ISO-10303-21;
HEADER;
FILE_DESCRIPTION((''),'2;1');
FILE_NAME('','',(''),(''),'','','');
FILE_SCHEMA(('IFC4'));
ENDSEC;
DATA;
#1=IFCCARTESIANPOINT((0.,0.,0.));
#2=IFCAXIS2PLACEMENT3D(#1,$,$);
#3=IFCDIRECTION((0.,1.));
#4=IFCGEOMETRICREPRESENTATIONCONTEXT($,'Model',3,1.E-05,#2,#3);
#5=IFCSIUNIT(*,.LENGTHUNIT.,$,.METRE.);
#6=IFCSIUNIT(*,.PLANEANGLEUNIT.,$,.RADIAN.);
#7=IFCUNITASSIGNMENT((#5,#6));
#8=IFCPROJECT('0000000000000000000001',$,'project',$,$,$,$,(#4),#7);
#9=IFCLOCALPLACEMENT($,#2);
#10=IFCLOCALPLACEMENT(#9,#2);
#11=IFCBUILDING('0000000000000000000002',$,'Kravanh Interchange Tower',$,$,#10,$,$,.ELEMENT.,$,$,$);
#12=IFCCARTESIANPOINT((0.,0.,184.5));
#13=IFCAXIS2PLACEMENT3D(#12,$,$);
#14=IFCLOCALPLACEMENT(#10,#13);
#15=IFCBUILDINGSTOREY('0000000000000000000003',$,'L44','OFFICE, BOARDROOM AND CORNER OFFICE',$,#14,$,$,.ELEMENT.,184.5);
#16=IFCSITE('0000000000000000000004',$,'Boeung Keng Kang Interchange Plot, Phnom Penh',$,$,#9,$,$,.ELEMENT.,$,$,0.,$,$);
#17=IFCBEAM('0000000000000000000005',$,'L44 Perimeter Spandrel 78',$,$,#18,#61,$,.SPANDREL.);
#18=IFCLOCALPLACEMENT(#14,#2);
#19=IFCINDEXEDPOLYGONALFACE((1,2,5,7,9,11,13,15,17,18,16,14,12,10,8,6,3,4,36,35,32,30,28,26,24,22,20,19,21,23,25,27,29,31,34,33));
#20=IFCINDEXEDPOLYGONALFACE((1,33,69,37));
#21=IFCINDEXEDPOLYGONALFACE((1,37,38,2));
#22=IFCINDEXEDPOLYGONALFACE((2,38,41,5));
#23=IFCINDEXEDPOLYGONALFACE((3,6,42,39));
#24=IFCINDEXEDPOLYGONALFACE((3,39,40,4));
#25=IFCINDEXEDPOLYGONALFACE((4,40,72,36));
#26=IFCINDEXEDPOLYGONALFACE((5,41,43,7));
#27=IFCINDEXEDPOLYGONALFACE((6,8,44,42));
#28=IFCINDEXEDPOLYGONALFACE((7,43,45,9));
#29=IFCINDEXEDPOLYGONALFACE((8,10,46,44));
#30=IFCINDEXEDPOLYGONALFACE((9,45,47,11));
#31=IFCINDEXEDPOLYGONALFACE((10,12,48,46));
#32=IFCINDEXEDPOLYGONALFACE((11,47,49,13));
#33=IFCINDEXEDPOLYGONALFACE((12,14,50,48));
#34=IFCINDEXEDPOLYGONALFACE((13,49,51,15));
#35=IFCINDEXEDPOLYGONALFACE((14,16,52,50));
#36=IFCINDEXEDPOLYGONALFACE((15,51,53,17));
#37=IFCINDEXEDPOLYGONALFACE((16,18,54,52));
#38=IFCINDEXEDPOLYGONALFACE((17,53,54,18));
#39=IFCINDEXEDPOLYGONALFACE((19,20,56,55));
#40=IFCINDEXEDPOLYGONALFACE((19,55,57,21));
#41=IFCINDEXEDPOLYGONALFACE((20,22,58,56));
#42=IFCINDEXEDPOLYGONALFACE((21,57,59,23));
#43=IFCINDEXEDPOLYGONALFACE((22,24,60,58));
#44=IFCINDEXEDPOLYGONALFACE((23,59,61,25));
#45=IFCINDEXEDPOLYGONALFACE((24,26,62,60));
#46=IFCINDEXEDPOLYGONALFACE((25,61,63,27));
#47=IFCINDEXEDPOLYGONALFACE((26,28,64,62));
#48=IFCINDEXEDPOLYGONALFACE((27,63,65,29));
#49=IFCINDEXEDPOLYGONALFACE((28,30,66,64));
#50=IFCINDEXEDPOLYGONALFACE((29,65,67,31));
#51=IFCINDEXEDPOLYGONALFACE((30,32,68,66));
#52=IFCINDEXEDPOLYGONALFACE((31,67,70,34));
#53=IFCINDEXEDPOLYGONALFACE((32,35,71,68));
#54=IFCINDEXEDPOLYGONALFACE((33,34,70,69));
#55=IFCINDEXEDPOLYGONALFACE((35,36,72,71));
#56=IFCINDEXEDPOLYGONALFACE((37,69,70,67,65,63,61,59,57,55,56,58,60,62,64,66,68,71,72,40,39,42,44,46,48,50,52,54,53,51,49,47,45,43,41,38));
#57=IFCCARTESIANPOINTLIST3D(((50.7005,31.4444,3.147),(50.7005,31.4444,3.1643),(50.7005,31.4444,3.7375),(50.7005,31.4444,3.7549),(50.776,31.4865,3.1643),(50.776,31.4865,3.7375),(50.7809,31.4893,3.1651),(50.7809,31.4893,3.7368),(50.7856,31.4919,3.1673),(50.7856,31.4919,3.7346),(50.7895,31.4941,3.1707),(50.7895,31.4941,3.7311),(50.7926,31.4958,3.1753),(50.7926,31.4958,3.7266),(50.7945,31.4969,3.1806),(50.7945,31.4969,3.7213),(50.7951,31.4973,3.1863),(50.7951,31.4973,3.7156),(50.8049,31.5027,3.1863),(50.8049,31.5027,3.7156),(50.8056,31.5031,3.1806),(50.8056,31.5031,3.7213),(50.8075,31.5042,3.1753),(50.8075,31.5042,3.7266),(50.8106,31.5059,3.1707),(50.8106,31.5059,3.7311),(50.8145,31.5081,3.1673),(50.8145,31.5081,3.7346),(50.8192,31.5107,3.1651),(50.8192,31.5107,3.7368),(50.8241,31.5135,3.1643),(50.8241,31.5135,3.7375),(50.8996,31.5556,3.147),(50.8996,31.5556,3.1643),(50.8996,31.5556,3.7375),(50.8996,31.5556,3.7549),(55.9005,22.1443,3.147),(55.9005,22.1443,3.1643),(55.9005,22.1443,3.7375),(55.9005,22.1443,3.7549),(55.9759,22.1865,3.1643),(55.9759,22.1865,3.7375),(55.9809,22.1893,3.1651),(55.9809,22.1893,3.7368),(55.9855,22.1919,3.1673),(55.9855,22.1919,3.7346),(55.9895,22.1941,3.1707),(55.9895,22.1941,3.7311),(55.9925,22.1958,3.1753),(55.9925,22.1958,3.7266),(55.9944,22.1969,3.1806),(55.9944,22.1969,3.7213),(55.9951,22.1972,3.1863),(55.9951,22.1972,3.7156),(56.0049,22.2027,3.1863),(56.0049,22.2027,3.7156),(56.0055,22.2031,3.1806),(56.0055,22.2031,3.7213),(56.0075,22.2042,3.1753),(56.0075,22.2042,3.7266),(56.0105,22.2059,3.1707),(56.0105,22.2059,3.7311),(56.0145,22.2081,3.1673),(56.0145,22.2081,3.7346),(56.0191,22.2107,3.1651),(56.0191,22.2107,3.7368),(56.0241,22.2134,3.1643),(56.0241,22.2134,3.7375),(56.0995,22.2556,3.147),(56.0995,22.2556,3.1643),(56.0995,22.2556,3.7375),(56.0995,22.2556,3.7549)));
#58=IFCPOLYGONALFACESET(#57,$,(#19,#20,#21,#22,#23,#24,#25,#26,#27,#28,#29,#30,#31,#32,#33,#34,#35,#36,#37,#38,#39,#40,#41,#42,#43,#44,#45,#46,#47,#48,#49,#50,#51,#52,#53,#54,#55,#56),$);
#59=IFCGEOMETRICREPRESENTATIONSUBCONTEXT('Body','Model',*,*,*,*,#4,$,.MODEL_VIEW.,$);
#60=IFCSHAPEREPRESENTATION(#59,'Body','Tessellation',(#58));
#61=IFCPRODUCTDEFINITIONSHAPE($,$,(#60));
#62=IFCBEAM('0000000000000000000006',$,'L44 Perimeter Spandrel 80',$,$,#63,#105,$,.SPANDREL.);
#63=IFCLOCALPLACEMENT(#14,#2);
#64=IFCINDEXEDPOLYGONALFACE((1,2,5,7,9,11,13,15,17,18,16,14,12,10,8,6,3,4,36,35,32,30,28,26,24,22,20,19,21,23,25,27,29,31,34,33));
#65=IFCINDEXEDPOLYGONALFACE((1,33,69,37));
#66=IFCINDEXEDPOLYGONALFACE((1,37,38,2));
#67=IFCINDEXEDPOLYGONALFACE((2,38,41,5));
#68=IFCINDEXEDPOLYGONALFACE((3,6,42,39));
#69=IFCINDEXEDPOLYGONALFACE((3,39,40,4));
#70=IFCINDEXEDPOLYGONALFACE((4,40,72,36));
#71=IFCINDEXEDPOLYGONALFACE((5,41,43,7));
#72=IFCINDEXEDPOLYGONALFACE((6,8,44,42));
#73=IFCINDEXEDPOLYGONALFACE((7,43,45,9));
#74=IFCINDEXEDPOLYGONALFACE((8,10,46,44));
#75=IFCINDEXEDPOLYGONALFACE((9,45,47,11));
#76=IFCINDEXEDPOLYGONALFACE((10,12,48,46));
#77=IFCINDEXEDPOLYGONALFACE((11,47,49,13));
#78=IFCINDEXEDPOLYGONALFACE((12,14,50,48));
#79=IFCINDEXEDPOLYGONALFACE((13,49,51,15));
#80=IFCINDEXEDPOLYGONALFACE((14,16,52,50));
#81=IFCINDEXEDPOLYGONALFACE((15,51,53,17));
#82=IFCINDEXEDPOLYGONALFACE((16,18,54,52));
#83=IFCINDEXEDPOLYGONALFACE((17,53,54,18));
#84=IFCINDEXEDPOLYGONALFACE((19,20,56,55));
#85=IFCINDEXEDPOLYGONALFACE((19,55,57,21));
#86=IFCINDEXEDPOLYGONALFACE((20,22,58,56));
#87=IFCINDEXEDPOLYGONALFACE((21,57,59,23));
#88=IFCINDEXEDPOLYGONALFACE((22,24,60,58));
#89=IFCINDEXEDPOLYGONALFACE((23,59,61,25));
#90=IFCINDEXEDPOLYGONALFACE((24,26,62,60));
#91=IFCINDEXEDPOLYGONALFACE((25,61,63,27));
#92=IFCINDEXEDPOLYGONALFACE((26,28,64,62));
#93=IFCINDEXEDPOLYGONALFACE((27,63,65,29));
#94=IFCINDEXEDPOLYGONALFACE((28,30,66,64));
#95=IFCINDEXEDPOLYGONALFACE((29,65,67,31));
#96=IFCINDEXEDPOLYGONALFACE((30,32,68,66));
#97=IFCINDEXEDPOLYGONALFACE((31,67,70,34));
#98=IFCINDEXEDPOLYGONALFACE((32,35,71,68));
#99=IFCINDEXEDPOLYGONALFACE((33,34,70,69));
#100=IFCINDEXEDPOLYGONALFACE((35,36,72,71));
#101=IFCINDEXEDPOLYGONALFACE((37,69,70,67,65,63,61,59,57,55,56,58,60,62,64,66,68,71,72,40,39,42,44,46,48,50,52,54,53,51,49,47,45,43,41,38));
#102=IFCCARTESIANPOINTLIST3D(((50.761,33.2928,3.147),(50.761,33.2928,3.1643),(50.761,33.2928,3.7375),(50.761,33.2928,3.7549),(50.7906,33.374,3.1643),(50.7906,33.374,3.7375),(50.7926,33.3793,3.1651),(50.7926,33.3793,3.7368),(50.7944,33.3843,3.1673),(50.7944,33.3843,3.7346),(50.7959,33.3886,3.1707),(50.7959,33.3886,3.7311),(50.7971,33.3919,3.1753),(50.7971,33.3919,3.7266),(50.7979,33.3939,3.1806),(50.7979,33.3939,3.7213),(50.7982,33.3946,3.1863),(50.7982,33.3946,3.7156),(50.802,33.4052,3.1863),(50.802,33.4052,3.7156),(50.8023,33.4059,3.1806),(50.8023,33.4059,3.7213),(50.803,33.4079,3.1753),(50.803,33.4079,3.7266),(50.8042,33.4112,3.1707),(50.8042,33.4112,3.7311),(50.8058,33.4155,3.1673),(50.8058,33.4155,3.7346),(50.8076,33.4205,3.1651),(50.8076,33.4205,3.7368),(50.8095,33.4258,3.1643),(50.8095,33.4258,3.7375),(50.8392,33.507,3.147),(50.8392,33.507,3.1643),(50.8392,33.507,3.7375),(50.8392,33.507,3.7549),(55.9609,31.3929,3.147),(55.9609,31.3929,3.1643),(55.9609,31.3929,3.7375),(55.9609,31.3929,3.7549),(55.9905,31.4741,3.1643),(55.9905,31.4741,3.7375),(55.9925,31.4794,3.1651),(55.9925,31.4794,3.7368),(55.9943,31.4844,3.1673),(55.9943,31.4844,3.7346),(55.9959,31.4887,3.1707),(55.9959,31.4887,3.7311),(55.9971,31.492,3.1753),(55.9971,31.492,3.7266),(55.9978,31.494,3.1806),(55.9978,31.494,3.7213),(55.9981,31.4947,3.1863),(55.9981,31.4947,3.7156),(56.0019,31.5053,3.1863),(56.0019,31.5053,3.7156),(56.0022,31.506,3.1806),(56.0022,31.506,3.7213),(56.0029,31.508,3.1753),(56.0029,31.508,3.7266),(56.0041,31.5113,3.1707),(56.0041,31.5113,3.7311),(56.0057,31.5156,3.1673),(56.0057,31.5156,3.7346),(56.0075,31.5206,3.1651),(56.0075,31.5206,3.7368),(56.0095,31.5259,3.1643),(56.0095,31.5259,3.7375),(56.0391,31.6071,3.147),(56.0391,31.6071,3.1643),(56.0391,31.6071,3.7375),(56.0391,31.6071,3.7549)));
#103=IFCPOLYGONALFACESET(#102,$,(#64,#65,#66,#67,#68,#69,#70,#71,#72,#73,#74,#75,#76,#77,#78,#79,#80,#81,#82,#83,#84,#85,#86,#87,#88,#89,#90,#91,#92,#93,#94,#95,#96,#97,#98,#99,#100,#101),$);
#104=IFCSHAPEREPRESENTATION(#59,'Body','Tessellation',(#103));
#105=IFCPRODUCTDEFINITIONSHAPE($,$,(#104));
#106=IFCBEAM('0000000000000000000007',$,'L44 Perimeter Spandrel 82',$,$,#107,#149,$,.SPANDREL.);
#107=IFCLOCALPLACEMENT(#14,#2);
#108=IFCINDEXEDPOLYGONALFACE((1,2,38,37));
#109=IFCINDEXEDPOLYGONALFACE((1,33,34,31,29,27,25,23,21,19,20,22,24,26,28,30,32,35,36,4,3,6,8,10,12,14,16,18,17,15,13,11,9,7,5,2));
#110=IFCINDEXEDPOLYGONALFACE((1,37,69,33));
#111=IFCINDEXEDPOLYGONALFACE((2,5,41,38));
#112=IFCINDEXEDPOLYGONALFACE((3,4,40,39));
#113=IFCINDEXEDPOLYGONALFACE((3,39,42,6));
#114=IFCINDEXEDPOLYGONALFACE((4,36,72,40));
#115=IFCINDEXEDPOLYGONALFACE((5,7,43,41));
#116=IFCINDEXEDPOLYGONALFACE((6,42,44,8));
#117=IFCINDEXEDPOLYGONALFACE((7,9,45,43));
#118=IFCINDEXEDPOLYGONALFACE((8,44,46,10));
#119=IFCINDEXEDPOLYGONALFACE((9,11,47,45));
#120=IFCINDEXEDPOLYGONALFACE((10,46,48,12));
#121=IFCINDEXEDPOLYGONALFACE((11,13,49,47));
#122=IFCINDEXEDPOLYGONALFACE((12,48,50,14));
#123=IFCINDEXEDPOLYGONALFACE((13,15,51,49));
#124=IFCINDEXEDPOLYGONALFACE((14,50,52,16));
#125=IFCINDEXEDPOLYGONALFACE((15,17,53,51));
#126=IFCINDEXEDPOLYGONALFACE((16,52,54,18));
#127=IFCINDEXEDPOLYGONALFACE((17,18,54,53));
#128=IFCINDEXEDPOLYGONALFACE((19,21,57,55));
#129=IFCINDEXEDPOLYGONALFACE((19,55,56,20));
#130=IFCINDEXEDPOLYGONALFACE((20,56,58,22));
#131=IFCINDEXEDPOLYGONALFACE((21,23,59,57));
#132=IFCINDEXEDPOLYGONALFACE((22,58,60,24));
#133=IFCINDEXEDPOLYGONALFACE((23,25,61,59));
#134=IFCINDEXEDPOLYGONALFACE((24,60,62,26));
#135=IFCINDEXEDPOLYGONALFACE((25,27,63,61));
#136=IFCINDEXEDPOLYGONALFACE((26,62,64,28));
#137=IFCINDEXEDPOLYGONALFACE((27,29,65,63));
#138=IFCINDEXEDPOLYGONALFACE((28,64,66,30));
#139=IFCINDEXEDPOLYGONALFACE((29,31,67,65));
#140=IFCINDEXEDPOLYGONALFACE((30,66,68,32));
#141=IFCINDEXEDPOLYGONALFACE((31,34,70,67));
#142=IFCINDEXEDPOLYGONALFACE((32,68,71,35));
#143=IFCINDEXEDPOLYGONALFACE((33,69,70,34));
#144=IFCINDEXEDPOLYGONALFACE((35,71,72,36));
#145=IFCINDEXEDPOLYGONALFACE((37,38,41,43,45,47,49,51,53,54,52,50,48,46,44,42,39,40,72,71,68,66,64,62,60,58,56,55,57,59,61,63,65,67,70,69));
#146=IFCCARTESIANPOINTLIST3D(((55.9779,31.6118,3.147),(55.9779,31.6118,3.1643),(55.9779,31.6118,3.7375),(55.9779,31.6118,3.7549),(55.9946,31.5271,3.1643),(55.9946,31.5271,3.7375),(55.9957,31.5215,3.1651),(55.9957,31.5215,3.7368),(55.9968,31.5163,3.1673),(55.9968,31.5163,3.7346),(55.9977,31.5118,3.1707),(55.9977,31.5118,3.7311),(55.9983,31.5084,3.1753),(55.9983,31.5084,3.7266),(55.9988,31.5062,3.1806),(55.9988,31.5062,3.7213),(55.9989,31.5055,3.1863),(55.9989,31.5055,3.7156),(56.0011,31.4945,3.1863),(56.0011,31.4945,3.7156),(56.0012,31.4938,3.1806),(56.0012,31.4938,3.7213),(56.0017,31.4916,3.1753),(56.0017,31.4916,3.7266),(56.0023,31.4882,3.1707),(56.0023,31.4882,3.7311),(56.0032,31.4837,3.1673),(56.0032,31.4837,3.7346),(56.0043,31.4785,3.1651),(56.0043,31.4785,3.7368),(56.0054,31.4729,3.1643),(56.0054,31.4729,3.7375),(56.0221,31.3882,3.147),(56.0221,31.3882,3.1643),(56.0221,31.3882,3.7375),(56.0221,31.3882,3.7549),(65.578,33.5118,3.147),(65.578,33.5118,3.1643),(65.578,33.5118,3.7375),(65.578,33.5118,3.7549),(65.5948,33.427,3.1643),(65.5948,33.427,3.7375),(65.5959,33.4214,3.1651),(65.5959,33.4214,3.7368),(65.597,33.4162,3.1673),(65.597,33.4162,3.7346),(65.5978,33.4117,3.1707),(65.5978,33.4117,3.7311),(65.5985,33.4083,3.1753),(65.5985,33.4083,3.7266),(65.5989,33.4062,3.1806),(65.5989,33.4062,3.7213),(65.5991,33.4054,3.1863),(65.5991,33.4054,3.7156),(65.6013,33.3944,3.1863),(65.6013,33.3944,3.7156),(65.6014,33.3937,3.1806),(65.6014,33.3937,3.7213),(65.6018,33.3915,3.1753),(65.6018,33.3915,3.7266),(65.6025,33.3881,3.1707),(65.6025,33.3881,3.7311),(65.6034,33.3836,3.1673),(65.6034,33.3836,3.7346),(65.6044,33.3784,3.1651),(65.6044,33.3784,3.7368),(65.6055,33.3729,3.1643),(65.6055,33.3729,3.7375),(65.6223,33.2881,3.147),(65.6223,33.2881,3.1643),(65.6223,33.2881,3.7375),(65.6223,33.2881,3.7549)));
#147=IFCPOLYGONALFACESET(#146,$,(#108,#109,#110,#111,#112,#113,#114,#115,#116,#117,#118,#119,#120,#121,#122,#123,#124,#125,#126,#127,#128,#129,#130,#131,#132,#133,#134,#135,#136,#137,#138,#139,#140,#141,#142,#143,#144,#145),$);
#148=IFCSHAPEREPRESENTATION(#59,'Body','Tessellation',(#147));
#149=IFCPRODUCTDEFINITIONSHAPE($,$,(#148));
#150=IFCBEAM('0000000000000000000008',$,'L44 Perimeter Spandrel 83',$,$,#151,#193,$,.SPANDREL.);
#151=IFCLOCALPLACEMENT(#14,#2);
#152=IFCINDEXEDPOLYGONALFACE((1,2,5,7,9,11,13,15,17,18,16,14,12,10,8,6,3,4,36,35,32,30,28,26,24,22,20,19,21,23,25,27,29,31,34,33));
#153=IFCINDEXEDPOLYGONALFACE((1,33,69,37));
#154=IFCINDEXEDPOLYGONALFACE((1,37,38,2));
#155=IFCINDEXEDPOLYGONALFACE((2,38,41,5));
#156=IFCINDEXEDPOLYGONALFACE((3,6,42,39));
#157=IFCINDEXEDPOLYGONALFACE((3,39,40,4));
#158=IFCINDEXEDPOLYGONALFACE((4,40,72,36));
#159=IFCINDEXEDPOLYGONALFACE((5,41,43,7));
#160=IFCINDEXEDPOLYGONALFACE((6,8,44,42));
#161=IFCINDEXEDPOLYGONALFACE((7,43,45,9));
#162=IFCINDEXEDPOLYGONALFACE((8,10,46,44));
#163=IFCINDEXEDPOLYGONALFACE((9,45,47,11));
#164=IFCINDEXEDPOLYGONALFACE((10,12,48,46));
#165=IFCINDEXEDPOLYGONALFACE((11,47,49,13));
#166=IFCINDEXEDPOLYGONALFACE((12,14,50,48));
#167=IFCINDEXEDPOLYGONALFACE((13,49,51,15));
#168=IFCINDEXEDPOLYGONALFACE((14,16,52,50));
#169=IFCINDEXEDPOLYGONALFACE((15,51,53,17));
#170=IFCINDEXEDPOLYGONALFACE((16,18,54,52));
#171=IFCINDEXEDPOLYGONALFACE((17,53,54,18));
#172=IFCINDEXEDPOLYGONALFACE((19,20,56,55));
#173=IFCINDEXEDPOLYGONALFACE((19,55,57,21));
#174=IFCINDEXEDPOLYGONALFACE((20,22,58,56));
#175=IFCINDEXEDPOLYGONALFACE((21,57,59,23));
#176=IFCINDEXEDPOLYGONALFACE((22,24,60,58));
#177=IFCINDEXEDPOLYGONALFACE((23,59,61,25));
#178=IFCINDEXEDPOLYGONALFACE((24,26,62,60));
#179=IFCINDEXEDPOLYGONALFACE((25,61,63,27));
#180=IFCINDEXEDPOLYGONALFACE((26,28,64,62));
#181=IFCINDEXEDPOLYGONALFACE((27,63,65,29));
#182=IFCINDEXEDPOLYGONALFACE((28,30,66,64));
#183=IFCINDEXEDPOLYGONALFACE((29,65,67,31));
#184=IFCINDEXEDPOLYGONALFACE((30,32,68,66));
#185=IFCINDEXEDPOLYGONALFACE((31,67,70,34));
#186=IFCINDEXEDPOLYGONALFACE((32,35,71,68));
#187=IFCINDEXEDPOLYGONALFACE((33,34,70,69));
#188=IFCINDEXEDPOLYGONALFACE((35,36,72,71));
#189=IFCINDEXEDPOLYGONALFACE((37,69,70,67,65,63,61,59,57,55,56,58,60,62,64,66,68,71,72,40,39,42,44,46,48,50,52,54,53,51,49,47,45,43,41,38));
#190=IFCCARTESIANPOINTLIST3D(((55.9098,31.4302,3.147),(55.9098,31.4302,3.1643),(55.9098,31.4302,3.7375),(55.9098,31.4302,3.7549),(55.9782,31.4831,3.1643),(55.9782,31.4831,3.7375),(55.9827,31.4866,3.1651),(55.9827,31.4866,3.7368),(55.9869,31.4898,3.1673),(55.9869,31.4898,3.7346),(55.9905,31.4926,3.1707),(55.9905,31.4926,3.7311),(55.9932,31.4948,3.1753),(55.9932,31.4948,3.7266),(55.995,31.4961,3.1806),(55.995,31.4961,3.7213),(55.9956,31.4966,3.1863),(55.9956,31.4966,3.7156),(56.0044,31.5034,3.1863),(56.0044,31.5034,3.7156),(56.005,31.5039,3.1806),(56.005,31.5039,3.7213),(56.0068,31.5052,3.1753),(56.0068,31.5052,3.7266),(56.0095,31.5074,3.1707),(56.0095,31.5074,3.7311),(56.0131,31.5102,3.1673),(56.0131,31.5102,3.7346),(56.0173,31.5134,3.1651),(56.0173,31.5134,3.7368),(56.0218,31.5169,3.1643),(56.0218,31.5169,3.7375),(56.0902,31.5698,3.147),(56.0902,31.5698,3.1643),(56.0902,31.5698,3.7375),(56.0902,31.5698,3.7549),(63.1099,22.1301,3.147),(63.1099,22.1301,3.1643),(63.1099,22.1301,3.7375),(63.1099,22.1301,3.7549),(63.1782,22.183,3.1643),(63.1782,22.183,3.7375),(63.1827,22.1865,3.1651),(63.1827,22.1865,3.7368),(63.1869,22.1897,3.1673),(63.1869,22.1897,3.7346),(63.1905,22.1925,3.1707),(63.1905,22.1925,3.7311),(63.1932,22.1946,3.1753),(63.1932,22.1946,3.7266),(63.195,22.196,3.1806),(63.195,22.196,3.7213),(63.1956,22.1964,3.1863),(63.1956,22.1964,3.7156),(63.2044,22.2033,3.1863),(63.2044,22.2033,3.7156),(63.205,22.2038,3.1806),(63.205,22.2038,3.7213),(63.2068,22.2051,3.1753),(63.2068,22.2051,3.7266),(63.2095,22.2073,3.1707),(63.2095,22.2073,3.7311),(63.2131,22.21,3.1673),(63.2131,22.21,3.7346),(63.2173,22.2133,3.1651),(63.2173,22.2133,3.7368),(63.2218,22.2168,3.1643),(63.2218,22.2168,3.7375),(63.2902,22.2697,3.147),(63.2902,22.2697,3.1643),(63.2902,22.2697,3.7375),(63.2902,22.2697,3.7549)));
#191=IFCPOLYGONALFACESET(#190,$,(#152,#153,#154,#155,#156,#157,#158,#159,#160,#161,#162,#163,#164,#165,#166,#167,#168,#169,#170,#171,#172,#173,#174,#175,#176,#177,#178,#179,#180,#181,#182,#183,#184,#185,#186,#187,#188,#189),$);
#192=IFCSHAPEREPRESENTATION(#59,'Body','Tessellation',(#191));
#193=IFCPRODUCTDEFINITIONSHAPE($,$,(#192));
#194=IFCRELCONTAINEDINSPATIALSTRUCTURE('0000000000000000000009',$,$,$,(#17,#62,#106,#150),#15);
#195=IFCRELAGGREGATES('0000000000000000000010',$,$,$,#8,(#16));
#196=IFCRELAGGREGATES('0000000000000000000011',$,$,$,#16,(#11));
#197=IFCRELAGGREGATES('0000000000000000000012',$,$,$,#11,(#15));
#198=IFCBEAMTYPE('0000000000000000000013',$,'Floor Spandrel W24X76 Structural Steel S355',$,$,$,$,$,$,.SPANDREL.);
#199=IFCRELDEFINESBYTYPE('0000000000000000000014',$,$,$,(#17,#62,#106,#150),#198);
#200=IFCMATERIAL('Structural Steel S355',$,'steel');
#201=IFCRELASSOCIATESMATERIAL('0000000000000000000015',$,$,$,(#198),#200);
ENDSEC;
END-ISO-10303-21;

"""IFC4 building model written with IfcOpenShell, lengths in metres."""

from ifc_helpers import new_model, si_unit, direction, frame, origin, origin_2d, place, context, subcontext, project, spatial, i_section, extrude, material, material_profile, profile_set, type_object, element, save


model = new_model("IFC4")

# Units and contexts
model_context = context("Model", 3, precision=1e-05, world=origin(), true_north=direction((0.0, 1.0)))
body_context = subcontext(model_context, "Body", "Model", "MODEL_VIEW")
ifc_project = project(units=[si_unit("LENGTHUNIT", "METRE"), si_unit("PLANEANGLEUNIT", "RADIAN")], contexts=[model_context])

# Site, building, storey
site_placement = place(None, origin())
site = spatial("IfcSite", under=ifc_project, at=site_placement, Name="Boeung Keng Kang Interchange Plot, Phnom Penh", CompositionType="ELEMENT", RefElevation=0.0)
building_placement = place(site_placement, origin())
building = spatial("IfcBuilding", under=site, at=building_placement, Name="Kravanh Interchange Tower", CompositionType="ELEMENT")
storey_placement = place(building_placement, frame((0.0, 0.0, 184.5)))
storey = spatial("IfcBuildingStorey", under=building, at=storey_placement, Name="L44", Description="OFFICE, BOARDROOM AND CORNER OFFICE", CompositionType="ELEMENT", Elevation=184.5)

# Beams
ifc_material_1 = material(Name="Structural Steel S355", Category="steel")
ifc_material_profile_1 = material_profile(ifc_material_1, i_section(OverallWidth=0.228, OverallDepth=0.6079, WebThickness=0.0112, FlangeThickness=0.0173, FilletRadius=0.022, at=origin_2d()), Name="W24X76")
ifc_profile_set_1 = profile_set([ifc_material_profile_1], Name="Structural Steel S355")
beam_type_1 = type_object("IfcBeamType", Name="Floor Spandrel W24X76 Structural Steel S355", PredefinedType="SPANDREL", material=ifc_profile_set_1)
beam_1_placement = place(storey_placement, frame((50.8, 31.5, 3.4509), z_axis=(0.488026, -0.872829, 0.0), x_axis=(0.872829, 0.488026, 0.0)))
element("IfcBeam", 1, at=beam_1_placement, inside=storey, type_object=beam_type_1, Name="L44 Perimeter Spandrel 78", PredefinedType="SPANDREL", context=body_context, shape_type="SweptSolid", body=[
    extrude(i_section(OverallWidth=0.228, OverallDepth=0.6079, WebThickness=0.0112, FlangeThickness=0.0173, FilletRadius=0.022, at=origin_2d()), origin(), (0.0, 0.0, 1.0), 10.655),
])
beam_2_placement = place(storey_placement, frame((56.0, 31.5, 3.4509), z_axis=(-0.93927, 0.34318, 0.0), x_axis=(-0.34318, -0.93927, 0.0)))
element("IfcBeam", 2, at=beam_2_placement, inside=storey, type_object=beam_type_1, Name="L44 Perimeter Spandrel 80", PredefinedType="SPANDREL", context=body_context, shape_type="SweptSolid", body=[
    extrude(i_section(OverallWidth=0.228, OverallDepth=0.6079, WebThickness=0.0112, FlangeThickness=0.0173, FilletRadius=0.022, at=origin_2d()), origin(), (0.0, 0.0, 1.0), 5.5361),
])
beam_3_placement = place(storey_placement, frame((56.0, 31.5, 3.4509), z_axis=(0.980974, 0.194139, 0.0), x_axis=(-0.194139, 0.980974, 0.0)))
element("IfcBeam", 3, at=beam_3_placement, inside=storey, type_object=beam_type_1, Name="L44 Perimeter Spandrel 82", PredefinedType="SPANDREL", context=body_context, shape_type="SweptSolid", body=[
    extrude(i_section(OverallWidth=0.228, OverallDepth=0.6079, WebThickness=0.0112, FlangeThickness=0.0173, FilletRadius=0.022, at=origin_2d()), origin(), (0.0, 0.0, 1.0), 9.7864),
])
beam_4_placement = place(storey_placement, frame((56.0, 31.5, 3.4509), z_axis=(0.612169, -0.790727, 0.0), x_axis=(0.790727, 0.612169, 0.0)))
element("IfcBeam", 4, at=beam_4_placement, inside=storey, type_object=beam_type_1, Name="L44 Perimeter Spandrel 83", PredefinedType="SPANDREL", context=body_context, shape_type="SweptSolid", body=[
    extrude(i_section(OverallWidth=0.228, OverallDepth=0.6079, WebThickness=0.0112, FlangeThickness=0.0173, FilletRadius=0.022, at=origin_2d()), origin(), (0.0, 0.0, 1.0), 11.7615),
])

save(model, "model.ifc")
